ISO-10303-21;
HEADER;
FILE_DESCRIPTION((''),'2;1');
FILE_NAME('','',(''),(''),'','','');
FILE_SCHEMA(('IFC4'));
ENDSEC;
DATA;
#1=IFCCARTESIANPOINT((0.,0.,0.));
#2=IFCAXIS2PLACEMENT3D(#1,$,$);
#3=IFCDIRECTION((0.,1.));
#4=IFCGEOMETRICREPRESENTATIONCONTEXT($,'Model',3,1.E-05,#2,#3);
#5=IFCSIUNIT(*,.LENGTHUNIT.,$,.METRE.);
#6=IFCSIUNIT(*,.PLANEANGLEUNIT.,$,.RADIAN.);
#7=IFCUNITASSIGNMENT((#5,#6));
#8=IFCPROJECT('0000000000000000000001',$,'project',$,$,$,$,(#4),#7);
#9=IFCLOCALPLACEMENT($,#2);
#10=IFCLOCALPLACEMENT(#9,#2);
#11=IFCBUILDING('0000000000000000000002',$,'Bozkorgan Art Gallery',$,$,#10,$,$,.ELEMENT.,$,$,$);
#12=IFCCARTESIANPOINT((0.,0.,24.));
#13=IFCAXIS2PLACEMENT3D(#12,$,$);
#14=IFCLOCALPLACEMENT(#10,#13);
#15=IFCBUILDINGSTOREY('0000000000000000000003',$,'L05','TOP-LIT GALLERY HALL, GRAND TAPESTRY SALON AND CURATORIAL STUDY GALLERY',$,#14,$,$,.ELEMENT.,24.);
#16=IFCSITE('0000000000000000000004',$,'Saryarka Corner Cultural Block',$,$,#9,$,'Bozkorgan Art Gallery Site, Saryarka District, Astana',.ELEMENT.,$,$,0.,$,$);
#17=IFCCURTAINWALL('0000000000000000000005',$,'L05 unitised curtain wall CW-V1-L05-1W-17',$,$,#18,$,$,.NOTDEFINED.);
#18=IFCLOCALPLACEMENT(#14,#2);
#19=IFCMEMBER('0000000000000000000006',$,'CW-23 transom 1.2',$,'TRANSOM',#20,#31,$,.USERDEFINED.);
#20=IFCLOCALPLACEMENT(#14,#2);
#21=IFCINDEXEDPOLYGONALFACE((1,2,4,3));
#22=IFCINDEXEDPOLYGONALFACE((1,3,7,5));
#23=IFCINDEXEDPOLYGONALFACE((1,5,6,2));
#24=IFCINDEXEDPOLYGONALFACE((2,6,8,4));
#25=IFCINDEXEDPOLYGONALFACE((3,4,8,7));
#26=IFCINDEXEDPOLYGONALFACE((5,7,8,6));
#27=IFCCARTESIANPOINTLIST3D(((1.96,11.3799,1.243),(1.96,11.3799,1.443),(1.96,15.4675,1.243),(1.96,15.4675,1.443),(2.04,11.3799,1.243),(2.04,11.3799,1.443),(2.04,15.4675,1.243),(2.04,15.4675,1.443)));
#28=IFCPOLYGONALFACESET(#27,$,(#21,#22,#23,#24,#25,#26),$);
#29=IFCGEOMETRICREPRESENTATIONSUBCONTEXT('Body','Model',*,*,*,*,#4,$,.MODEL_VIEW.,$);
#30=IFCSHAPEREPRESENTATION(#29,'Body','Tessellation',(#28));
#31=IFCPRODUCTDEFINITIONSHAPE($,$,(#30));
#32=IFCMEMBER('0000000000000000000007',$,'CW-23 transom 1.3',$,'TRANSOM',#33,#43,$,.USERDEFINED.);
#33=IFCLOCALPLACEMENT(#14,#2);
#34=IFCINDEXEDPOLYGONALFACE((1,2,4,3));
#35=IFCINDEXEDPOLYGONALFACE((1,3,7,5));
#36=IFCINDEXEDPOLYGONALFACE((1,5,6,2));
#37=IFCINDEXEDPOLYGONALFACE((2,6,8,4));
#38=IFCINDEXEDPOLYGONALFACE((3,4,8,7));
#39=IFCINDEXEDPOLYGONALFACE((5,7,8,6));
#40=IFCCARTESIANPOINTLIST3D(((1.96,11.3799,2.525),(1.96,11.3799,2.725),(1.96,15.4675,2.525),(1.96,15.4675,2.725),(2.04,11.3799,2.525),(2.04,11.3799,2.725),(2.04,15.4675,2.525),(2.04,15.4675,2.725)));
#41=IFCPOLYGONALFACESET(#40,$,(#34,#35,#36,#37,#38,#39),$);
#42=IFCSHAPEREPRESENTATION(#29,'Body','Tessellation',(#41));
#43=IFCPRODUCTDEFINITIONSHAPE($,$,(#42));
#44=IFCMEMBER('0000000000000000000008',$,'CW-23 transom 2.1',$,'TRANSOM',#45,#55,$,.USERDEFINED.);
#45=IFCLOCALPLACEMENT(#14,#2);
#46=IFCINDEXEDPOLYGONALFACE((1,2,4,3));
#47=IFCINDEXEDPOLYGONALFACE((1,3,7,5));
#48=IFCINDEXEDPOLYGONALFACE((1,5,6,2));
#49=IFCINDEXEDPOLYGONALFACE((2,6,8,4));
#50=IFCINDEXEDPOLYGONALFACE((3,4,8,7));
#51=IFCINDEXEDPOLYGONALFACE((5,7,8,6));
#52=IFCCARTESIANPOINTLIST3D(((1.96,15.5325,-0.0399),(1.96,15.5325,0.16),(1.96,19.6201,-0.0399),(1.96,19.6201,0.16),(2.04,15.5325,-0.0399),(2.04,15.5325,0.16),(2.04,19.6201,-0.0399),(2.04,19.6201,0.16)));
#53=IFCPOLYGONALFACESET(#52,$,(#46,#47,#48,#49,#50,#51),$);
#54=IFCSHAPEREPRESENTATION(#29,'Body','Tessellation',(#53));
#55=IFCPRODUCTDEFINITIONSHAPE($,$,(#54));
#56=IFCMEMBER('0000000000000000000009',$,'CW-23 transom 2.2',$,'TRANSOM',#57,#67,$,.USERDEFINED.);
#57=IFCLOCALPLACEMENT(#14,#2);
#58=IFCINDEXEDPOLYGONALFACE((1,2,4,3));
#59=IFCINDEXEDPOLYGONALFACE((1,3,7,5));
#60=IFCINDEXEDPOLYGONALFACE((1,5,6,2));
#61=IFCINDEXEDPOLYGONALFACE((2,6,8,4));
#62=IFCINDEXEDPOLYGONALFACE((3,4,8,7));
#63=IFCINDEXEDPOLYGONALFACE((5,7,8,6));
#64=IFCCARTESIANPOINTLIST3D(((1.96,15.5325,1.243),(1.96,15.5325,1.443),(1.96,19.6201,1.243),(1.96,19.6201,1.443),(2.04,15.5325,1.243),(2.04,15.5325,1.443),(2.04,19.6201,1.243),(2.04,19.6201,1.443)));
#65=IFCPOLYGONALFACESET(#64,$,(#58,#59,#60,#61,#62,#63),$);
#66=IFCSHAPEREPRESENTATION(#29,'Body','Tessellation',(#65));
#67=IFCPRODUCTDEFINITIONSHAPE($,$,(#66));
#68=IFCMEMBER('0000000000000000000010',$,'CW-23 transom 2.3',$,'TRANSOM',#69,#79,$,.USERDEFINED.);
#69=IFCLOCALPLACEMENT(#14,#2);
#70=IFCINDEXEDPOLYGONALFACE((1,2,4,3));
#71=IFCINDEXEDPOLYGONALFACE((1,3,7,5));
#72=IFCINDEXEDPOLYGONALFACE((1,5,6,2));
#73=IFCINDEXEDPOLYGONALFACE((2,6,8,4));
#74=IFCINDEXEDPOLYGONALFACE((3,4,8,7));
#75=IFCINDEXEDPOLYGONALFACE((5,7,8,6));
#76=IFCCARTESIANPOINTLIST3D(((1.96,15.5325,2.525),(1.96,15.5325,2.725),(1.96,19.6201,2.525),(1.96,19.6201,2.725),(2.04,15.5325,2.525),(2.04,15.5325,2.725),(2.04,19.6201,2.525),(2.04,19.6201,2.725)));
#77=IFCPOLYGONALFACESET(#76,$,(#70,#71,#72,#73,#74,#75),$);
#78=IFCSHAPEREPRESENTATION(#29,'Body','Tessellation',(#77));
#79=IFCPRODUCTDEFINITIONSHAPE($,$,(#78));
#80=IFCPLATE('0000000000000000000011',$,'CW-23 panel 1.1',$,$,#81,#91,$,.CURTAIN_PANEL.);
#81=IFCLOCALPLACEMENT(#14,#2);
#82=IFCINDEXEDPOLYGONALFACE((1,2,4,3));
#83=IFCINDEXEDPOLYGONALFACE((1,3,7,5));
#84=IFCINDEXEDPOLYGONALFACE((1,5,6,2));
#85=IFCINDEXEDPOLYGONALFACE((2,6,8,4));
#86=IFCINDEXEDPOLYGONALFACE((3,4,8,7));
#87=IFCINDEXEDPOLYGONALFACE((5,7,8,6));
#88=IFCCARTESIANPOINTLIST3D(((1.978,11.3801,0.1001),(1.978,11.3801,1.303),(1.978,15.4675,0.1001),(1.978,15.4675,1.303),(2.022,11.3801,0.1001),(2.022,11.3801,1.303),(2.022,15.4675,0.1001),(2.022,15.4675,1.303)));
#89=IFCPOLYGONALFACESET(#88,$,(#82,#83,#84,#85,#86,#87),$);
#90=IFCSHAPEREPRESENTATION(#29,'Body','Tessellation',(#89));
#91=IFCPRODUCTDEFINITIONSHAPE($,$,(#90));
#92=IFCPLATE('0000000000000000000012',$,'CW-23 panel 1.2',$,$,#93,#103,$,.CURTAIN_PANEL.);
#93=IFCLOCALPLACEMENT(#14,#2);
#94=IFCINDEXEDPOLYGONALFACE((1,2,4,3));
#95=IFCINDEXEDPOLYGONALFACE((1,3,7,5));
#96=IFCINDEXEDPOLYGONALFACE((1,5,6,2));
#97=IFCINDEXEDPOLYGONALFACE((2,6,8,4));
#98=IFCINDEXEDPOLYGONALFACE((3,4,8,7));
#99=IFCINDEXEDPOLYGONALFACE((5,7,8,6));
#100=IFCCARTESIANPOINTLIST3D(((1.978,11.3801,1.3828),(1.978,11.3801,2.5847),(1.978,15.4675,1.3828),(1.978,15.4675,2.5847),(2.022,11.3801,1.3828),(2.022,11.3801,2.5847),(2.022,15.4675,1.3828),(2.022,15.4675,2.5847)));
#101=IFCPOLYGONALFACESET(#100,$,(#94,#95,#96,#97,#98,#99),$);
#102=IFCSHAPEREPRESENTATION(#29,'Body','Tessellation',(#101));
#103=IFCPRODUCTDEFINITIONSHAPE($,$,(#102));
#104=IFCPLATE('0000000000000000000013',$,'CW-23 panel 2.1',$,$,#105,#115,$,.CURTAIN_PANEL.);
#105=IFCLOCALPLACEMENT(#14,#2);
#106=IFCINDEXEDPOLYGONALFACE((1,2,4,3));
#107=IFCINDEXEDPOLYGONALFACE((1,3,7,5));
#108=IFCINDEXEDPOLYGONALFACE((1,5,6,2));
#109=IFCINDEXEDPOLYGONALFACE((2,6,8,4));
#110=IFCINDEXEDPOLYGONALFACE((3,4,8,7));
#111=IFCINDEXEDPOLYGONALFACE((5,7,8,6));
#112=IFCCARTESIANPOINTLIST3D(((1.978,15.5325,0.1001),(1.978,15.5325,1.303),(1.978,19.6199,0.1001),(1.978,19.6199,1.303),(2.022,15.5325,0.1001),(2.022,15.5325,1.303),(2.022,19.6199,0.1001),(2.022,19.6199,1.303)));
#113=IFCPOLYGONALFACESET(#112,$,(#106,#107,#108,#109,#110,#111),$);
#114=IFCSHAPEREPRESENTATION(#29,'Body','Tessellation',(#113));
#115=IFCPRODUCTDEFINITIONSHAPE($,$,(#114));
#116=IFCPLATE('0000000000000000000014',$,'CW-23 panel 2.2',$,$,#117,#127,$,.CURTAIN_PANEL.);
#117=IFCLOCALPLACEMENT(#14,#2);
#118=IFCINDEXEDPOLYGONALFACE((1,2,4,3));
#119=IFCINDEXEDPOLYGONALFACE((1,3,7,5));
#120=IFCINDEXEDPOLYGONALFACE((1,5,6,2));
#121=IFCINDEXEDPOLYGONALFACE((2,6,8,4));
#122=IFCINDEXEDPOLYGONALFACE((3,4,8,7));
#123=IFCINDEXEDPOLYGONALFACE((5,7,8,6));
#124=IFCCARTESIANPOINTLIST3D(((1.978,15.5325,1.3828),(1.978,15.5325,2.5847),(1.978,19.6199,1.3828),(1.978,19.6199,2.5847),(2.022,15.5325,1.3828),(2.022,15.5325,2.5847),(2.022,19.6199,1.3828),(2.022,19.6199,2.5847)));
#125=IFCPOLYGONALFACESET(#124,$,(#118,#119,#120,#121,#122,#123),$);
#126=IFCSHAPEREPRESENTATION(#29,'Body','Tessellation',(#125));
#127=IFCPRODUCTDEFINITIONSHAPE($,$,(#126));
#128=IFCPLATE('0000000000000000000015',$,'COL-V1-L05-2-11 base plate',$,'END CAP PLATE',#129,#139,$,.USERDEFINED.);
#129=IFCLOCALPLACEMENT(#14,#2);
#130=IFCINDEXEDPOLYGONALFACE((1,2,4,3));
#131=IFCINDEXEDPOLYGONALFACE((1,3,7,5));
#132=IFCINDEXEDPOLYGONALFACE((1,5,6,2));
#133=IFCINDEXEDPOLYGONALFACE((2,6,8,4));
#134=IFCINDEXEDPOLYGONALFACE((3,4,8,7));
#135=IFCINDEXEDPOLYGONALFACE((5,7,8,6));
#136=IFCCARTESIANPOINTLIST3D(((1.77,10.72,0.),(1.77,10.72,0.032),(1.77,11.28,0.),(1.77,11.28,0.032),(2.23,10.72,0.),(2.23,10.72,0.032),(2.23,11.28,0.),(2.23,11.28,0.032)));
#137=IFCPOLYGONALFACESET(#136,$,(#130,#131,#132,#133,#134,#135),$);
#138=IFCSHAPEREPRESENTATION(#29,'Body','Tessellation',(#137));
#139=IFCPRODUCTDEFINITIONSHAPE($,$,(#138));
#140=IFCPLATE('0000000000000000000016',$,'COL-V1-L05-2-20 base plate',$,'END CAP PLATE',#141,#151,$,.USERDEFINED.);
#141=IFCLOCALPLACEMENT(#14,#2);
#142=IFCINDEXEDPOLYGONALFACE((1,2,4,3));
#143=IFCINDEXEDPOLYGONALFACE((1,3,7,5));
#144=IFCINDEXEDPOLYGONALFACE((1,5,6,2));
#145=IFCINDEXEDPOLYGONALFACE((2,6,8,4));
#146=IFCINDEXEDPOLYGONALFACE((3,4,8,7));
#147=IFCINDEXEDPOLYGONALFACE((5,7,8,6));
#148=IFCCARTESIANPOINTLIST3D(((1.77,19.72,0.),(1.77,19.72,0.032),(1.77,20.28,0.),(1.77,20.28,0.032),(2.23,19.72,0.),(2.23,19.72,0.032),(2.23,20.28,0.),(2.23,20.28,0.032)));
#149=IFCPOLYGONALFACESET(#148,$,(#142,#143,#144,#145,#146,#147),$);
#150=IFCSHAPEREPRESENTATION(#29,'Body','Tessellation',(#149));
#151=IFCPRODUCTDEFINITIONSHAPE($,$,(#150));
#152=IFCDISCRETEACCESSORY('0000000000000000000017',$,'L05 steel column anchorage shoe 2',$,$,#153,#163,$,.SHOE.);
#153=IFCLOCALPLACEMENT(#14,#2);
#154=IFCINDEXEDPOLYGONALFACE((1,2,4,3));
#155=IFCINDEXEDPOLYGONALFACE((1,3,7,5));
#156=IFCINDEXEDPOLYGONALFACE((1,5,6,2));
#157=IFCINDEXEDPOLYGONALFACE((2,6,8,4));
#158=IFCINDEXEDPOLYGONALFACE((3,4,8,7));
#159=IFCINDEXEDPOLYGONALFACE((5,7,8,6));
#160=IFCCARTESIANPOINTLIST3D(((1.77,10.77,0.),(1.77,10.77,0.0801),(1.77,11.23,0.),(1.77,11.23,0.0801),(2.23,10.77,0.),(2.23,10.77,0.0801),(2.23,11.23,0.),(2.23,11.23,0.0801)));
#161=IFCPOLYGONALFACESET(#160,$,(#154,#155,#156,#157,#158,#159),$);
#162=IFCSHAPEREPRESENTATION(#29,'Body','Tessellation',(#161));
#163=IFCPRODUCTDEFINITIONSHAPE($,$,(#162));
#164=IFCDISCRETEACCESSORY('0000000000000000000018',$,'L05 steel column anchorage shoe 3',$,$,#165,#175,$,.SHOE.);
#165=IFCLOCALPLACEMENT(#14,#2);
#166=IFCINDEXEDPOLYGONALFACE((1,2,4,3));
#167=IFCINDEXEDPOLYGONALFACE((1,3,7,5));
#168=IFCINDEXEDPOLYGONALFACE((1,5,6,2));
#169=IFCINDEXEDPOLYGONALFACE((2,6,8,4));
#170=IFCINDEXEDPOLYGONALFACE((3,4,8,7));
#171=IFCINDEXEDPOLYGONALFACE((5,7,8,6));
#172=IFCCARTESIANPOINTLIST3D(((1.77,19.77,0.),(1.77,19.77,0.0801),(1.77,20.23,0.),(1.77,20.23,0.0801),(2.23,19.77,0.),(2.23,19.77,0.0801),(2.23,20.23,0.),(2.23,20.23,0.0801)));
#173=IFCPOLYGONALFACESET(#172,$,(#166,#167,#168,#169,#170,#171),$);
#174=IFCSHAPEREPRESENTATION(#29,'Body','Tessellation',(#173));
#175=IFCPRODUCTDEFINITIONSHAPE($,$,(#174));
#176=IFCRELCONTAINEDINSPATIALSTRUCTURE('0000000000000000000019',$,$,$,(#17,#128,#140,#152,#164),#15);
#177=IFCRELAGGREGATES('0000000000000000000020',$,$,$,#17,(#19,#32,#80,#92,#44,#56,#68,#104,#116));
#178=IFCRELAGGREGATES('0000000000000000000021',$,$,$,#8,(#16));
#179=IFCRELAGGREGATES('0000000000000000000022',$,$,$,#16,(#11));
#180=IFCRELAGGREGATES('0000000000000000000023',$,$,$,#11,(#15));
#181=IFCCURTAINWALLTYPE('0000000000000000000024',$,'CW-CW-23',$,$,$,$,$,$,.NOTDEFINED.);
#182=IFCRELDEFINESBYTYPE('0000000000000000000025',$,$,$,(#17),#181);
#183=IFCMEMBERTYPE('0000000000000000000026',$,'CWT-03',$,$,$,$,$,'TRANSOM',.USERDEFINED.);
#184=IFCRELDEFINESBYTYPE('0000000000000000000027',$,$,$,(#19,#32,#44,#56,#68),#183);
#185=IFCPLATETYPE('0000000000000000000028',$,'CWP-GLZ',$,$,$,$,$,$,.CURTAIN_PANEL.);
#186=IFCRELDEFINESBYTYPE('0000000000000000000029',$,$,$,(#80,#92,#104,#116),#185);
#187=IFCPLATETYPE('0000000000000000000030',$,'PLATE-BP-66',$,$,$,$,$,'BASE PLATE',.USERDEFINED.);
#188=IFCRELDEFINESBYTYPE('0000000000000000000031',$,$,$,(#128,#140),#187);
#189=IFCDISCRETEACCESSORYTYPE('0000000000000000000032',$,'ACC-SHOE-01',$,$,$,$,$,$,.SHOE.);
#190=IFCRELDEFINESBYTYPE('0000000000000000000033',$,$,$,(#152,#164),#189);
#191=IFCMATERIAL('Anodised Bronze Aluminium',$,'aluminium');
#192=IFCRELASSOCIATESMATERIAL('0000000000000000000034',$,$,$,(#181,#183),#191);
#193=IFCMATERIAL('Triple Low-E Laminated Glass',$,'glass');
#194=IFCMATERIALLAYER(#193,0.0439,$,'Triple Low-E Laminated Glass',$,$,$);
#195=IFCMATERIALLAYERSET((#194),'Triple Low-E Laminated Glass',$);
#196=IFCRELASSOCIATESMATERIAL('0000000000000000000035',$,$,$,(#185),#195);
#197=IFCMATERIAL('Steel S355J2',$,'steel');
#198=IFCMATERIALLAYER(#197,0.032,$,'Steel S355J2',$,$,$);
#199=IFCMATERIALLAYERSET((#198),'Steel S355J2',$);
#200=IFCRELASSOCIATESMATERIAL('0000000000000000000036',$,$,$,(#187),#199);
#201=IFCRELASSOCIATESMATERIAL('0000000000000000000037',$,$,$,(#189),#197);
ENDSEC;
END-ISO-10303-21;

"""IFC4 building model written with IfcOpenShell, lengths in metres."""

from ifc_helpers import new_model, si_unit, direction, frame, origin, origin_2d, place, context, subcontext, project, spatial, rectangle, extrude, material, layer, layer_set, material_profile, profile_set, type_object, element, aggregate, save


model = new_model("IFC4")

# Units and contexts
model_context = context("Model", 3, precision=1e-05, world=origin(), true_north=direction((0.0, 1.0)))
body_context = subcontext(model_context, "Body", "Model", "MODEL_VIEW")
ifc_project = project(units=[si_unit("LENGTHUNIT", "METRE"), si_unit("PLANEANGLEUNIT", "RADIAN")], contexts=[model_context])

# Site, building, storey
site_placement = place(None, origin())
site = spatial("IfcSite", under=ifc_project, at=site_placement, Name="Saryarka Corner Cultural Block", LongName="Bozkorgan Art Gallery Site, Saryarka District, Astana", CompositionType="ELEMENT", RefElevation=0.0)
building_placement = place(site_placement, origin())
building = spatial("IfcBuilding", under=site, at=building_placement, Name="Bozkorgan Art Gallery", CompositionType="ELEMENT")
storey_placement = place(building_placement, frame((0.0, 0.0, 24.0)))
storey = spatial("IfcBuildingStorey", under=building, at=storey_placement, Name="L05", Description="TOP-LIT GALLERY HALL, GRAND TAPESTRY SALON AND CURATORIAL STUDY GALLERY", CompositionType="ELEMENT", Elevation=24.0)

# Shared definitions
ifc_material_1 = material(Name="Steel S355J2", Category="steel")

# Shared definitions
ifc_material_2 = material(Name="Anodised Bronze Aluminium", Category="aluminium")
curtain_wall_type = type_object("IfcCurtainWallType", Name="CW-CW-23", PredefinedType="NOTDEFINED", material=ifc_material_2)

# Curtain wall, members, plates
curtain_wall_1_placement = place(storey_placement, origin())
curtain_wall_1 = element("IfcCurtainWall", 1, at=curtain_wall_1_placement, inside=storey, type_object=curtain_wall_type, Name="L05 unitised curtain wall CW-V1-L05-1W-17", PredefinedType="NOTDEFINED")
ifc_material_profile_1 = material_profile(ifc_material_2, rectangle(XDim=0.0801, YDim=0.2, at=origin_2d()), Name="ALU TRANSOM 80x200")
ifc_profile_set_1 = profile_set([ifc_material_profile_1], Name="Anodised Bronze Aluminium")
member_type_1 = type_object("IfcMemberType", Name="CWT-03", ElementType="TRANSOM", PredefinedType="USERDEFINED", material=ifc_profile_set_1)
member_1_placement = place(storey_placement, frame((2.0, 11.3799, 1.343), z_axis=(0.0, 1.0, 0.0), x_axis=(-1.0, 0.0, 0.0)))
member_1 = element("IfcMember", 2, at=member_1_placement, type_object=member_type_1, Name="CW-23 transom 1.2", ObjectType="TRANSOM", PredefinedType="USERDEFINED", context=body_context, shape_type="SweptSolid", body=[
    extrude(rectangle(XDim=0.0801, YDim=0.2, at=origin_2d()), origin(), (0.0, 0.0, 1.0), 4.0876),
])
member_2_placement = place(storey_placement, frame((2.0, 11.3799, 2.625), z_axis=(0.0, 1.0, 0.0), x_axis=(-1.0, 0.0, 0.0)))
member_2 = element("IfcMember", 3, at=member_2_placement, type_object=member_type_1, Name="CW-23 transom 1.3", ObjectType="TRANSOM", PredefinedType="USERDEFINED", context=body_context, shape_type="SweptSolid", body=[
    extrude(rectangle(XDim=0.0801, YDim=0.2, at=origin_2d()), origin(), (0.0, 0.0, 1.0), 4.0876),
])
member_3_placement = place(storey_placement, frame((2.0, 15.5325, 0.0601), z_axis=(0.0, 1.0, 0.0), x_axis=(-1.0, 0.0, 0.0)))
member_3 = element("IfcMember", 4, at=member_3_placement, type_object=member_type_1, Name="CW-23 transom 2.1", ObjectType="TRANSOM", PredefinedType="USERDEFINED", context=body_context, shape_type="SweptSolid", body=[
    extrude(rectangle(XDim=0.0801, YDim=0.2, at=origin_2d()), origin(), (0.0, 0.0, 1.0), 4.0876),
])
member_4_placement = place(storey_placement, frame((2.0, 15.5325, 1.343), z_axis=(0.0, 1.0, 0.0), x_axis=(-1.0, 0.0, 0.0)))
member_4 = element("IfcMember", 5, at=member_4_placement, type_object=member_type_1, Name="CW-23 transom 2.2", ObjectType="TRANSOM", PredefinedType="USERDEFINED", context=body_context, shape_type="SweptSolid", body=[
    extrude(rectangle(XDim=0.0801, YDim=0.2, at=origin_2d()), origin(), (0.0, 0.0, 1.0), 4.0876),
])
member_5_placement = place(storey_placement, frame((2.0, 15.5325, 2.625), z_axis=(0.0, 1.0, 0.0), x_axis=(-1.0, 0.0, 0.0)))
member_5 = element("IfcMember", 6, at=member_5_placement, type_object=member_type_1, Name="CW-23 transom 2.3", ObjectType="TRANSOM", PredefinedType="USERDEFINED", context=body_context, shape_type="SweptSolid", body=[
    extrude(rectangle(XDim=0.0801, YDim=0.2, at=origin_2d()), origin(), (0.0, 0.0, 1.0), 4.0876),
])
ifc_material_3 = material(Name="Triple Low-E Laminated Glass", Category="glass")
ifc_layer_1 = layer(ifc_material_3, 0.0439, Name="Triple Low-E Laminated Glass")
ifc_layer_set_1 = layer_set([ifc_layer_1], Name="Triple Low-E Laminated Glass")
plate_type_1 = type_object("IfcPlateType", Name="CWP-GLZ", PredefinedType="CURTAIN_PANEL", material=ifc_layer_set_1)
plate_1_placement = place(storey_placement, frame((2.0, 13.4238, 0.1001), z_axis=(0.0, 0.0, 1.0), x_axis=(0.0, 1.0, 0.0)))
plate_1 = element("IfcPlate", 7, at=plate_1_placement, type_object=plate_type_1, Name="CW-23 panel 1.1", PredefinedType="CURTAIN_PANEL", context=body_context, shape_type="SweptSolid", body=[
    extrude(rectangle(XDim=4.0874, YDim=0.0439, at=origin_2d()), origin(), (0.0, 0.0, 1.0), 1.2029),
])
plate_2_placement = place(storey_placement, frame((2.0, 13.4238, 1.3828), z_axis=(0.0, 0.0, 1.0), x_axis=(0.0, 1.0, 0.0)))
plate_2 = element("IfcPlate", 8, at=plate_2_placement, type_object=plate_type_1, Name="CW-23 panel 1.2", PredefinedType="CURTAIN_PANEL", context=body_context, shape_type="SweptSolid", body=[
    extrude(rectangle(XDim=4.0874, YDim=0.0439, at=origin_2d()), origin(), (0.0, 0.0, 1.0), 1.2019),
])
plate_3_placement = place(storey_placement, frame((2.0, 17.5762, 0.1001), z_axis=(0.0, 0.0, 1.0), x_axis=(0.0, 1.0, 0.0)))
plate_3 = element("IfcPlate", 9, at=plate_3_placement, type_object=plate_type_1, Name="CW-23 panel 2.1", PredefinedType="CURTAIN_PANEL", context=body_context, shape_type="SweptSolid", body=[
    extrude(rectangle(XDim=4.0874, YDim=0.0439, at=origin_2d()), origin(), (0.0, 0.0, 1.0), 1.2029),
])
plate_4_placement = place(storey_placement, frame((2.0, 17.5762, 1.3828), z_axis=(0.0, 0.0, 1.0), x_axis=(0.0, 1.0, 0.0)))
plate_4 = element("IfcPlate", 10, at=plate_4_placement, type_object=plate_type_1, Name="CW-23 panel 2.2", PredefinedType="CURTAIN_PANEL", context=body_context, shape_type="SweptSolid", body=[
    extrude(rectangle(XDim=4.0874, YDim=0.0439, at=origin_2d()), origin(), (0.0, 0.0, 1.0), 1.2019),
])
aggregate(curtain_wall_1, [member_1, member_2, plate_1, plate_2, member_3, member_4, member_5, plate_3, plate_4])

# Plates
ifc_layer_2 = layer(ifc_material_1, 0.032, Name="Steel S355J2")
ifc_layer_set_2 = layer_set([ifc_layer_2], Name="Steel S355J2")
plate_type_2 = type_object("IfcPlateType", Name="PLATE-BP-66", ElementType="BASE PLATE", PredefinedType="USERDEFINED", material=ifc_layer_set_2)
for number, where, z_axis, x_axis, name in (
    (11, (2.0, 11.0, 0.0), (0.0, 0.0, 1.0), (1.0, 0.0, 0.0), "COL-V1-L05-2-11 base plate"),
    (12, (2.0, 20.0, 0.0), (0.0, 0.0, 1.0), (1.0, 0.0, 0.0), "COL-V1-L05-2-20 base plate"),
):
    element("IfcPlate", number, at=place(storey_placement, frame(where, z_axis=z_axis, x_axis=x_axis)), inside=storey, type_object=plate_type_2, Name=name, ObjectType="END CAP PLATE", PredefinedType="USERDEFINED", context=body_context, shape_type="SweptSolid", body=[
        extrude(rectangle(XDim=0.46, YDim=0.5601, at=origin_2d()), origin(), (0.0, 0.0, 1.0), 0.032),
    ])

# Discrete accessories
discrete_accessory_type = type_object("IfcDiscreteAccessoryType", Name="ACC-SHOE-01", PredefinedType="SHOE", material=ifc_material_1)
for number, where, z_axis, x_axis, name in (
    (13, (2.0, 11.0, 0.0), (0.0, 0.0, 1.0), (1.0, 0.0, 0.0), "L05 steel column anchorage shoe 2"),
    (14, (2.0, 20.0, 0.0), (0.0, 0.0, 1.0), (1.0, 0.0, 0.0), "L05 steel column anchorage shoe 3"),
):
    element("IfcDiscreteAccessory", number, at=place(storey_placement, frame(where, z_axis=z_axis, x_axis=x_axis)), inside=storey, type_object=discrete_accessory_type, Name=name, PredefinedType="SHOE", context=body_context, shape_type="SweptSolid", body=[
        extrude(rectangle(XDim=0.46, YDim=0.46, at=origin_2d()), origin(), (0.0, 0.0, 1.0), 0.0801),
    ])

save(model, "model.ifc")
